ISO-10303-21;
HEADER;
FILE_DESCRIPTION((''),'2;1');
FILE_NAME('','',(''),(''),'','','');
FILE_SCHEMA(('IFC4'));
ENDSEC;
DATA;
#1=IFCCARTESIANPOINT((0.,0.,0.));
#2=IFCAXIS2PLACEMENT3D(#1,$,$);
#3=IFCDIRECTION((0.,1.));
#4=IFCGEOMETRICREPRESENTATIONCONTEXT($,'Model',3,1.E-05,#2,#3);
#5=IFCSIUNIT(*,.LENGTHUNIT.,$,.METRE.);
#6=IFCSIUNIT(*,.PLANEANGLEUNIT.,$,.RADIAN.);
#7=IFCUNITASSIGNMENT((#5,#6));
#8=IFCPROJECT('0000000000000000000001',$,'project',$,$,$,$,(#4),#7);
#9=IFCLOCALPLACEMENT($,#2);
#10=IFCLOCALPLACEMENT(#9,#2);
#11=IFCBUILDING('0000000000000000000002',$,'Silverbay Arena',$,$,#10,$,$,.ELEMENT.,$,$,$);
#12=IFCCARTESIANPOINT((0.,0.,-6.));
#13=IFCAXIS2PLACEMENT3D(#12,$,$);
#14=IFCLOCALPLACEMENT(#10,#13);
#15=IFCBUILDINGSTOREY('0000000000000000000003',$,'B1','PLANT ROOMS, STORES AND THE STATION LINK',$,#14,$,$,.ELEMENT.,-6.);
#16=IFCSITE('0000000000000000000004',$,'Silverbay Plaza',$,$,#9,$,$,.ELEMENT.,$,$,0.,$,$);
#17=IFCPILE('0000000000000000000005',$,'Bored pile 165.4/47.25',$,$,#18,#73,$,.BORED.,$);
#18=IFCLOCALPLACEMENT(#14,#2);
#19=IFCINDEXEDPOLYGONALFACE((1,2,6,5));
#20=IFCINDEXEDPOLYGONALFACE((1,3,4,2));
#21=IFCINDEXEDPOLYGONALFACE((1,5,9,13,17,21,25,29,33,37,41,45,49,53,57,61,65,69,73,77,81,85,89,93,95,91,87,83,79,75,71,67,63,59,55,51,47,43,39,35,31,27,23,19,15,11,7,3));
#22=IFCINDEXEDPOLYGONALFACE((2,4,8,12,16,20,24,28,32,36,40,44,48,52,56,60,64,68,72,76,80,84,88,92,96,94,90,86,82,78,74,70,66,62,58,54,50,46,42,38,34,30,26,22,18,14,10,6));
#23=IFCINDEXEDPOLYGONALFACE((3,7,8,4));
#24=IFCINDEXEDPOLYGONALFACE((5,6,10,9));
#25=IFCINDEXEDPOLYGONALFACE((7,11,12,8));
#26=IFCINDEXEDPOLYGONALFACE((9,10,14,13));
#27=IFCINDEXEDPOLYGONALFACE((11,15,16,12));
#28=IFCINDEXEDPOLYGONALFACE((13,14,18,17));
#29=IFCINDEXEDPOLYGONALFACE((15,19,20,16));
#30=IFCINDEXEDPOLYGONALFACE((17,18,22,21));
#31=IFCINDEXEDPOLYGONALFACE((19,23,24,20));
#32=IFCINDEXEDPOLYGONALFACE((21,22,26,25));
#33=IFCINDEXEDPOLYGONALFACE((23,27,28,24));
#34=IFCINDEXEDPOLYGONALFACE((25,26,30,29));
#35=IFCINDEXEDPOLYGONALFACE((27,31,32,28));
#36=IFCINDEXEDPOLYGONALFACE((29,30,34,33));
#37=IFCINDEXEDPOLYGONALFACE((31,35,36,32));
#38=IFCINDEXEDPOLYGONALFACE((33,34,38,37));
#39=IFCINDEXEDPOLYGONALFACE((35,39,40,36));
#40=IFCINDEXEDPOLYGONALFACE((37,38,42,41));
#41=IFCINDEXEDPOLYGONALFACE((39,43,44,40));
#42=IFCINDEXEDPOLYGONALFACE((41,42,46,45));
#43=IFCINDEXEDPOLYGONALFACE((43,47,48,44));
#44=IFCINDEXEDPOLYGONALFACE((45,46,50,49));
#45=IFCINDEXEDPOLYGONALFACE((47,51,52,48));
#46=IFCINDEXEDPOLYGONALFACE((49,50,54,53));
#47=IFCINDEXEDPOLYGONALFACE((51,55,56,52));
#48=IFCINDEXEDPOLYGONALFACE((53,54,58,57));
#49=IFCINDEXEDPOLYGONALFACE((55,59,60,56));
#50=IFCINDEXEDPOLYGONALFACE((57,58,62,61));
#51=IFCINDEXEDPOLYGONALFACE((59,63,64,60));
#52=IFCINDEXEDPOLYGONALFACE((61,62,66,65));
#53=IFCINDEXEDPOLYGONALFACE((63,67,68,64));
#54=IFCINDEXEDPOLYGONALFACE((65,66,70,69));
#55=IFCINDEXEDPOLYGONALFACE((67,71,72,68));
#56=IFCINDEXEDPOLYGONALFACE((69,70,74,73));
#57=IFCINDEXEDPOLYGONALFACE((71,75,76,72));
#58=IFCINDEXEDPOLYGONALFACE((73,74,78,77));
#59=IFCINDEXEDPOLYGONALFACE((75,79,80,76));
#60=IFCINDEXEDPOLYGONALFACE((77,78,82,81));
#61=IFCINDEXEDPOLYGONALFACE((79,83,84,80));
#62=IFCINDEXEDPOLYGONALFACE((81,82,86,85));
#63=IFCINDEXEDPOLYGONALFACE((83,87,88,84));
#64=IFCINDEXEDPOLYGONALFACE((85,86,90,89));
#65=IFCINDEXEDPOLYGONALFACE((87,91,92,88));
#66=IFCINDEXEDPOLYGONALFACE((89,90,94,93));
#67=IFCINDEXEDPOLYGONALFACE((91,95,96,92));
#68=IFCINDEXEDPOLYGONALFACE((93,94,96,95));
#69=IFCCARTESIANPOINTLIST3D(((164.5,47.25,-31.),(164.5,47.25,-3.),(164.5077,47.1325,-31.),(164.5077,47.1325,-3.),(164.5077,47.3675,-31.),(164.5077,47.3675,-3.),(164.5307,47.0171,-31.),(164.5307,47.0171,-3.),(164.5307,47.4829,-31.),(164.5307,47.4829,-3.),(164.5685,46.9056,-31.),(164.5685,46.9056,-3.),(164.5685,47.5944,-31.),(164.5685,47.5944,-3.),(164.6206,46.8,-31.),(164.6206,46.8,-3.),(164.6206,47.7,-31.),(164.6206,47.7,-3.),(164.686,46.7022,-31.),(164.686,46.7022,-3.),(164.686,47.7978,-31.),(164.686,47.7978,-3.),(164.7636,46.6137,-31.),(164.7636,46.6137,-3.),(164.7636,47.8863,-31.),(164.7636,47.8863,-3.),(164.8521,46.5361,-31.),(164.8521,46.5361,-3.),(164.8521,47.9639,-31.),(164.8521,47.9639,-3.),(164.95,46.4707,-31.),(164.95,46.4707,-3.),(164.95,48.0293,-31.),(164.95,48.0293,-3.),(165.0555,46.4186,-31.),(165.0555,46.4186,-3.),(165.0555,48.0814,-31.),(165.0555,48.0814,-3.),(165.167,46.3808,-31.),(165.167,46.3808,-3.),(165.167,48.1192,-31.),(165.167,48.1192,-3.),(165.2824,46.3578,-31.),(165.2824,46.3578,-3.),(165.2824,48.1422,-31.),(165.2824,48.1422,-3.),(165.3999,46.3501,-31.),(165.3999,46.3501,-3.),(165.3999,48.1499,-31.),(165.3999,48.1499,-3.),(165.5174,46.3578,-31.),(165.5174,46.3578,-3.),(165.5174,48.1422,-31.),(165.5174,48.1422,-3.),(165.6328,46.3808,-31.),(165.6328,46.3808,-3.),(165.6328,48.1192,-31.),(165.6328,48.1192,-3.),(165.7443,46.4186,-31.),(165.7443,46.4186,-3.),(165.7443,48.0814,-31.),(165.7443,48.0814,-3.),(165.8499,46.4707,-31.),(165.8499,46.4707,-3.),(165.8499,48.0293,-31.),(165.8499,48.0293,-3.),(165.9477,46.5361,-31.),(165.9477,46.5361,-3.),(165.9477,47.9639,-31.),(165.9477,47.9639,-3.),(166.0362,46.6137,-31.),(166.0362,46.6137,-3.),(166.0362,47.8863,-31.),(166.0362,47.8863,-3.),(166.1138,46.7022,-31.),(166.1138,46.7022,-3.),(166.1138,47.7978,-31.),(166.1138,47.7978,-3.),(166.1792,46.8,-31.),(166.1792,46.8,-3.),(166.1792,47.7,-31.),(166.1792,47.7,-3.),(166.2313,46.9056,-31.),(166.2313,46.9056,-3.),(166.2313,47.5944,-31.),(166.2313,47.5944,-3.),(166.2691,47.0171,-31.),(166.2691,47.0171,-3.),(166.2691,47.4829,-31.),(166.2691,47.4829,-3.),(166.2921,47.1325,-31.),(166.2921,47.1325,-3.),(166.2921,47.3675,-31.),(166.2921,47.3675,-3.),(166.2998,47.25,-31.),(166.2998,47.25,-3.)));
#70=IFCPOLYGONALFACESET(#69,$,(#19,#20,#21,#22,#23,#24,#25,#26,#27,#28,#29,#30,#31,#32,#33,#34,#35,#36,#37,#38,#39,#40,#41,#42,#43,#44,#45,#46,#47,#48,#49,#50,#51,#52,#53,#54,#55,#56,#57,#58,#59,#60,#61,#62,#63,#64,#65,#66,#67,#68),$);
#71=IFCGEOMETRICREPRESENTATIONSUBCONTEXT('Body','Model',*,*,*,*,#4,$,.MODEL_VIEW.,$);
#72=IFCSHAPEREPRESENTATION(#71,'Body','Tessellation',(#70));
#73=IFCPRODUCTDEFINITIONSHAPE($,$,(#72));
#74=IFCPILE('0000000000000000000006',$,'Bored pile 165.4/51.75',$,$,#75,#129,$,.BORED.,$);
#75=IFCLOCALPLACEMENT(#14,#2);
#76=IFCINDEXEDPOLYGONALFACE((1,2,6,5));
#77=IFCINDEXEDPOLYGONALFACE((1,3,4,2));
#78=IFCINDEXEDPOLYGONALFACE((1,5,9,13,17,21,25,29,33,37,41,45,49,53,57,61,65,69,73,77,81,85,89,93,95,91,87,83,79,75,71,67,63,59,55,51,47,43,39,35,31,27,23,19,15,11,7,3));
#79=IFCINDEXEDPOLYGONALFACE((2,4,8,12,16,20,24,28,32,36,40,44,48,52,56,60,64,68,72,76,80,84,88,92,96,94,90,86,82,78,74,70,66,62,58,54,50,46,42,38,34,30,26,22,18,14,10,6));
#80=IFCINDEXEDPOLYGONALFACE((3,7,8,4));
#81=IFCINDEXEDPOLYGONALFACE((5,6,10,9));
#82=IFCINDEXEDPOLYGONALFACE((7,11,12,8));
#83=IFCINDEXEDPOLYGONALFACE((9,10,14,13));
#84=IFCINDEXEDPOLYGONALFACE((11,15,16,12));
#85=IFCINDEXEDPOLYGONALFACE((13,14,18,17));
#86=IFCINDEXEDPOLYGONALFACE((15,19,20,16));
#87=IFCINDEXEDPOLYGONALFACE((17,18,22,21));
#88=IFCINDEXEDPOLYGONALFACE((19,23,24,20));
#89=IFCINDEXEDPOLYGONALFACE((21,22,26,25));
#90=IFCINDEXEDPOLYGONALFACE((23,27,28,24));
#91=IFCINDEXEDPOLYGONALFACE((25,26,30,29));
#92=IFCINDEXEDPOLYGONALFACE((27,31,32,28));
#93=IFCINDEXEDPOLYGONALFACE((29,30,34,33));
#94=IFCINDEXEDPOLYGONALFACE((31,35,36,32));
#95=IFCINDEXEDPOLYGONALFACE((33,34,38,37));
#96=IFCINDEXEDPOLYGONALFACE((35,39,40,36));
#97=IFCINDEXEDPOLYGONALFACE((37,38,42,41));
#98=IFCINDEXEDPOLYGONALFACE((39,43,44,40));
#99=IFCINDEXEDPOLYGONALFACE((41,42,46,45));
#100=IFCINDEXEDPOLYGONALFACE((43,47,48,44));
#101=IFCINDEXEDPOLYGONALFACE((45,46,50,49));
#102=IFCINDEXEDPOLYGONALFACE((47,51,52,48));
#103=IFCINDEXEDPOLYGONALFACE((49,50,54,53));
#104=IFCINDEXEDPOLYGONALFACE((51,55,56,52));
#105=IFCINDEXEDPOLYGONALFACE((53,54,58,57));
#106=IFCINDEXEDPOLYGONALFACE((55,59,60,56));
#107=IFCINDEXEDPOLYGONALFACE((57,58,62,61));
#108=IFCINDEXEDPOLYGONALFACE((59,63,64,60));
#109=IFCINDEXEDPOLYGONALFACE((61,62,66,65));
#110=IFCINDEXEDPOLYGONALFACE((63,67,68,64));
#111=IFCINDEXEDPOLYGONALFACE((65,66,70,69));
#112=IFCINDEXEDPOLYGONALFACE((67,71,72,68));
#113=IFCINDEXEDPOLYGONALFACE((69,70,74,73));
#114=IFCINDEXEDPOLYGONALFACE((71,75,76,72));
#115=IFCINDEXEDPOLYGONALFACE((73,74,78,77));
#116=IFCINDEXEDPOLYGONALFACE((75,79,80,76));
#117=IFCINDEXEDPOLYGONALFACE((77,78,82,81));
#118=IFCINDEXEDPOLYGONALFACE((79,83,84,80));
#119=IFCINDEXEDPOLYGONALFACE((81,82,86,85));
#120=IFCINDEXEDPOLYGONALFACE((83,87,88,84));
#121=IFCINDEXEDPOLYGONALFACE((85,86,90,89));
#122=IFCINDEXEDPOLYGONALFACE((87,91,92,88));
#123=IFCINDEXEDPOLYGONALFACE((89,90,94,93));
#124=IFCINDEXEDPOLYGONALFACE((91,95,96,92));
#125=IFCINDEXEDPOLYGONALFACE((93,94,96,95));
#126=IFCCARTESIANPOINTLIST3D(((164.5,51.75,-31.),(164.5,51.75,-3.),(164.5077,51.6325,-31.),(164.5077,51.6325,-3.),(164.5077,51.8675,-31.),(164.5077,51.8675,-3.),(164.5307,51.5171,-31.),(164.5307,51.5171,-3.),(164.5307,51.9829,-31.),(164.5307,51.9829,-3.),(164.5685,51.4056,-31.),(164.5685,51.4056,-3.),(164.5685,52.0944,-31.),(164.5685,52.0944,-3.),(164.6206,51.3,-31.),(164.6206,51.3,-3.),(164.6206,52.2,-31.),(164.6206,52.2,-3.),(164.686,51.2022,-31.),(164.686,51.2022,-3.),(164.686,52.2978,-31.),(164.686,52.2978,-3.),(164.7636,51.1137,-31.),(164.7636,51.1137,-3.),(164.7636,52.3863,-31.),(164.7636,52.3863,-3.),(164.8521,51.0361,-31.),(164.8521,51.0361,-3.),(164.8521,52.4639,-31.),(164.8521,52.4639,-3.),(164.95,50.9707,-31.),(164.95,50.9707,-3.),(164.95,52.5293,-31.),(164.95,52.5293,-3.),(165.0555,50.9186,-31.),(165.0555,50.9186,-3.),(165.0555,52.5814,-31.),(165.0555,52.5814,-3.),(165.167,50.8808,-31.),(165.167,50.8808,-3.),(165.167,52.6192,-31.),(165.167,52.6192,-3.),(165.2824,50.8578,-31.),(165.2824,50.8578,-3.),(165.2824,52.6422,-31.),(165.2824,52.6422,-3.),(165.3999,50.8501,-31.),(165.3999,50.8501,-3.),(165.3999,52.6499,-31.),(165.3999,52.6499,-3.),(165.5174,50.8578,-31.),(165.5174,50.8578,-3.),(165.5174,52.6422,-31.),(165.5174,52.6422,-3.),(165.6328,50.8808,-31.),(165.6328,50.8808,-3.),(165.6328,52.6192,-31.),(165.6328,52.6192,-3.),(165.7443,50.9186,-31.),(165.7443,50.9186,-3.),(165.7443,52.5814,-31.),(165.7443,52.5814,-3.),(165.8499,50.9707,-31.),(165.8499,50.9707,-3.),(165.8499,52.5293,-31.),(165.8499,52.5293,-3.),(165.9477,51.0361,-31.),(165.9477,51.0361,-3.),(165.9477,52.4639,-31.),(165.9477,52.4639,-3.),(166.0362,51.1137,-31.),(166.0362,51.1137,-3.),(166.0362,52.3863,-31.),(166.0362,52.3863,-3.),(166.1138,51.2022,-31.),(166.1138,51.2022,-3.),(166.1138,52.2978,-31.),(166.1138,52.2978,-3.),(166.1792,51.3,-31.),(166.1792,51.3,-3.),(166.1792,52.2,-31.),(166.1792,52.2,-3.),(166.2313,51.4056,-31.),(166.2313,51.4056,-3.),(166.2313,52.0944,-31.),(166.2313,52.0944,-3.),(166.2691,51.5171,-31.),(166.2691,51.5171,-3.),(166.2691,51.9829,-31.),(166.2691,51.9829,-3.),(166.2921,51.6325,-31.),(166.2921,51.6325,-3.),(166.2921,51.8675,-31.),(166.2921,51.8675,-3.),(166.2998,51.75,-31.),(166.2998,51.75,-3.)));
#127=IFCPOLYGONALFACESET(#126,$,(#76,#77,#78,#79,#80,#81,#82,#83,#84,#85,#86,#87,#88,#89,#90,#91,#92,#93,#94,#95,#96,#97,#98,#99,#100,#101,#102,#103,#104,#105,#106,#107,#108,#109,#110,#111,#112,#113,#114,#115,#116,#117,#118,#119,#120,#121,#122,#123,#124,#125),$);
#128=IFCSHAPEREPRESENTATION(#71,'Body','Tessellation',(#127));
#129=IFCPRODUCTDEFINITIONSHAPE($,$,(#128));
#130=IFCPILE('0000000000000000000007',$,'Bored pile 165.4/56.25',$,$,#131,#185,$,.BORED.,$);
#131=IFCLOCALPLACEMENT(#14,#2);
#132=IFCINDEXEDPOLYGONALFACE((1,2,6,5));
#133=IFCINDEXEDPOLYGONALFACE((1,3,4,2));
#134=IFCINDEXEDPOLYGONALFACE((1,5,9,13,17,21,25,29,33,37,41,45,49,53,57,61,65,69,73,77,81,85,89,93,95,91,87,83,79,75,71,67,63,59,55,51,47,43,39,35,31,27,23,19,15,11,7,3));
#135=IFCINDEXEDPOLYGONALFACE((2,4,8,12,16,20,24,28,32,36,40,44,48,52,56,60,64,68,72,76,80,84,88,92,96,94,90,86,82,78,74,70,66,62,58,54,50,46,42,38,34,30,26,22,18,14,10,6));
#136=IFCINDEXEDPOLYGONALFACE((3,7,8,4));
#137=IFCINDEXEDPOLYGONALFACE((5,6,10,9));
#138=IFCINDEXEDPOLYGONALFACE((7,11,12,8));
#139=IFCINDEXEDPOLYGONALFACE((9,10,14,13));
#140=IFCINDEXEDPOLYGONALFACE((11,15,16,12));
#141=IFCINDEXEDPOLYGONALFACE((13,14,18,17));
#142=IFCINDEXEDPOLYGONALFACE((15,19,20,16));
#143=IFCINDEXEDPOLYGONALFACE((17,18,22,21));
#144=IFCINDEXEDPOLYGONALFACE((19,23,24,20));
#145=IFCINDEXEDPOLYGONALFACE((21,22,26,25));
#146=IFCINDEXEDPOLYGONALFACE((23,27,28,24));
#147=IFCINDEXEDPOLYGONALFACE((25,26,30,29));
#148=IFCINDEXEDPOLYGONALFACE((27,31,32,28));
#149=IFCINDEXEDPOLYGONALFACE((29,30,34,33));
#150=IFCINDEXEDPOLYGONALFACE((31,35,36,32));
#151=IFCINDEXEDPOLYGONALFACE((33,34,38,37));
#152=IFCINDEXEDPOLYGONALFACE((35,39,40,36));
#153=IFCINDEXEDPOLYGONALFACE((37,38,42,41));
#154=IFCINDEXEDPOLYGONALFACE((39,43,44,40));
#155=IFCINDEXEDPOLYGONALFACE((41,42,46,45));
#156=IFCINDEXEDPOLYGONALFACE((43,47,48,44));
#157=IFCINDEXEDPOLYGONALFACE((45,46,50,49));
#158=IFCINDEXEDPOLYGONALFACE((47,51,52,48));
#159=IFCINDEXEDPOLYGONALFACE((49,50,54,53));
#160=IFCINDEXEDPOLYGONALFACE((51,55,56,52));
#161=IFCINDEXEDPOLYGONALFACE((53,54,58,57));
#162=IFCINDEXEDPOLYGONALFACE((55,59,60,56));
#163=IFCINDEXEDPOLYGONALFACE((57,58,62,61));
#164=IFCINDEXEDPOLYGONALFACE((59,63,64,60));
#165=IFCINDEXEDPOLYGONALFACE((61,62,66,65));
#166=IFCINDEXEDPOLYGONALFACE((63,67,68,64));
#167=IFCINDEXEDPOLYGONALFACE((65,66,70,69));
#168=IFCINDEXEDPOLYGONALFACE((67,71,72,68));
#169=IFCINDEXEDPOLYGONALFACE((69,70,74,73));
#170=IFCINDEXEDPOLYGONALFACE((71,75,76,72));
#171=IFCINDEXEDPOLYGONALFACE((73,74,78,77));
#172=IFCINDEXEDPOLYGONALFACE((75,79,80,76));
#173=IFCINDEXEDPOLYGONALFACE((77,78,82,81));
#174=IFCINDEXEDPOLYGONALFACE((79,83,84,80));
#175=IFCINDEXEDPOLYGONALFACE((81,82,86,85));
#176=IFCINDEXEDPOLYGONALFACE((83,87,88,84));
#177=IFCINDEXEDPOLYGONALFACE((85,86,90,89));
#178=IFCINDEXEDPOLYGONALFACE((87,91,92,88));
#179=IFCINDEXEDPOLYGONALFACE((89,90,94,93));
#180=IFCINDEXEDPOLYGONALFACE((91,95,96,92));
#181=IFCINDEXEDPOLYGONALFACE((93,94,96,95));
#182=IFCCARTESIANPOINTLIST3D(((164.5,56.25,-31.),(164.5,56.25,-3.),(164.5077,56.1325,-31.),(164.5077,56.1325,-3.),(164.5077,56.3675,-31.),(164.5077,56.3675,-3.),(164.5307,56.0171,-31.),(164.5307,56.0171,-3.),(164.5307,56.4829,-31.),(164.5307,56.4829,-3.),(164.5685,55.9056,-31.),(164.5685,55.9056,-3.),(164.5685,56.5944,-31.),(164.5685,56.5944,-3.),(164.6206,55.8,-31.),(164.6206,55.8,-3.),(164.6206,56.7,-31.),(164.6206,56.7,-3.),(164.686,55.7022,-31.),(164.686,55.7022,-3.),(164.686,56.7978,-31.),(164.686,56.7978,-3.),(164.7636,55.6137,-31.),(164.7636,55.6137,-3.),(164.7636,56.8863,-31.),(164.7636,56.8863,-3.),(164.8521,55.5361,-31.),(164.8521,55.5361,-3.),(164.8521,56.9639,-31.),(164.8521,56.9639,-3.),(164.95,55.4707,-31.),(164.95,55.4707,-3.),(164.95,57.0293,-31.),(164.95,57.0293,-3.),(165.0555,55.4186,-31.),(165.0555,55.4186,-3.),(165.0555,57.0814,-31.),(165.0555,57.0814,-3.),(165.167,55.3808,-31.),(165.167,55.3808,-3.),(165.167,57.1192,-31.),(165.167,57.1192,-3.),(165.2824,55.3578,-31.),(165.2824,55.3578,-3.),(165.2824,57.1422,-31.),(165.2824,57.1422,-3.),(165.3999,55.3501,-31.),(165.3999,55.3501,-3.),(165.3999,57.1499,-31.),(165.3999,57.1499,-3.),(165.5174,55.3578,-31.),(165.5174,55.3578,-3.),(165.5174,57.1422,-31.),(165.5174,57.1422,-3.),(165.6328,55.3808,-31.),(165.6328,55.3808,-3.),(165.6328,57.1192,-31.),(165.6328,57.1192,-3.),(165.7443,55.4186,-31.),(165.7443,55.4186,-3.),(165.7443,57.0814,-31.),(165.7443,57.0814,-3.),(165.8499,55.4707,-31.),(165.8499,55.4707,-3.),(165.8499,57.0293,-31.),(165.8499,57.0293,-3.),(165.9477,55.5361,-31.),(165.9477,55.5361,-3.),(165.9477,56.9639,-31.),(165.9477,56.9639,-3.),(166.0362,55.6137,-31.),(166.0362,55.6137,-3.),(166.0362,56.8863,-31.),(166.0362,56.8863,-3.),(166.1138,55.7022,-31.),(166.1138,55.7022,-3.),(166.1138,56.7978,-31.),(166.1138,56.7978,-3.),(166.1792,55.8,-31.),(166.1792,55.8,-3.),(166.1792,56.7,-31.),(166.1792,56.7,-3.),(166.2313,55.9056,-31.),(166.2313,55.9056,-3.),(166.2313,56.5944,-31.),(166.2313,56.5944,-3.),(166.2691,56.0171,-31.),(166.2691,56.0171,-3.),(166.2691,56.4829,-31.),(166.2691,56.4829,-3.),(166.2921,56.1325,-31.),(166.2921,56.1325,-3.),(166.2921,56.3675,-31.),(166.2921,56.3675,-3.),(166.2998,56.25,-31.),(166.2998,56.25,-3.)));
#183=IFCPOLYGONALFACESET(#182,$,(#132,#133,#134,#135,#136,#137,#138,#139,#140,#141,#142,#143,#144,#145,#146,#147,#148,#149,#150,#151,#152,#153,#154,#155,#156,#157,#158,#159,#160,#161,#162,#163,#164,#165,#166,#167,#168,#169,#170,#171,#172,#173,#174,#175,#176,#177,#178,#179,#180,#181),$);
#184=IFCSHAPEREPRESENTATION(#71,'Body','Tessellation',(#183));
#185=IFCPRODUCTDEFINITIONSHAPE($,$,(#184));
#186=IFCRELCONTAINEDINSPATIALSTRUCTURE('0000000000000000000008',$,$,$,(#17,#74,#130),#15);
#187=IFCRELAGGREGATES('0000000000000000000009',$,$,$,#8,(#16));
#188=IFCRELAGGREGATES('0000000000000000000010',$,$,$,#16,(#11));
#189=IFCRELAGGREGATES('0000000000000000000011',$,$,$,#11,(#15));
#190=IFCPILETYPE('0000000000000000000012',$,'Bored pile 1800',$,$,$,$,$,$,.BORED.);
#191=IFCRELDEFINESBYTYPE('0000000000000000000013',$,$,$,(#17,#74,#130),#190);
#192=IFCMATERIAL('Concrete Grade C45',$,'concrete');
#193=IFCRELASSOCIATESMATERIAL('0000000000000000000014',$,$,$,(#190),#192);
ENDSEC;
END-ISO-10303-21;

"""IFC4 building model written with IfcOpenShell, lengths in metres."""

from ifc_helpers import new_model, si_unit, direction, frame, origin, origin_2d, place, context, subcontext, project, spatial, circle, extrude, material, material_profile, profile_set, type_object, element, save


model = new_model("IFC4")

# Units and contexts
model_context = context("Model", 3, precision=1e-05, world=origin(), true_north=direction((0.0, 1.0)))
body_context = subcontext(model_context, "Body", "Model", "MODEL_VIEW")
ifc_project = project(units=[si_unit("LENGTHUNIT", "METRE"), si_unit("PLANEANGLEUNIT", "RADIAN")], contexts=[model_context])

# Site, building, storey
site_placement = place(None, origin())
site = spatial("IfcSite", under=ifc_project, at=site_placement, Name="Silverbay Plaza", CompositionType="ELEMENT", RefElevation=0.0)
building_placement = place(site_placement, origin())
building = spatial("IfcBuilding", under=site, at=building_placement, Name="Silverbay Arena", CompositionType="ELEMENT")
storey_placement = place(building_placement, frame((0.0, 0.0, -6.0)))
storey = spatial("IfcBuildingStorey", under=building, at=storey_placement, Name="B1", Description="PLANT ROOMS, STORES AND THE STATION LINK", CompositionType="ELEMENT", Elevation=-6.0)

# Piles
ifc_material_1 = material(Name="Concrete Grade C45", Category="concrete")
ifc_material_profile_1 = material_profile(ifc_material_1, circle(Radius=0.8999, at=origin_2d()), Name="Bored pile 1800")
ifc_profile_set_1 = profile_set([ifc_material_profile_1], Name="Concrete Grade C45")
pile_type_1 = type_object("IfcPileType", Name="Bored pile 1800", PredefinedType="BORED", material=ifc_profile_set_1)
for number, where, z_axis, x_axis, name in (
    (1, (165.3999, 47.25, -3.0), (0.0, 0.0, -1.0), (1.0, 0.0, 0.0), "Bored pile 165.4/47.25"),
    (2, (165.3999, 51.75, -3.0), (0.0, 0.0, -1.0), (1.0, 0.0, 0.0), "Bored pile 165.4/51.75"),
    (3, (165.3999, 56.25, -3.0), (0.0, 0.0, -1.0), (1.0, 0.0, 0.0), "Bored pile 165.4/56.25"),
):
    element("IfcPile", number, at=place(storey_placement, frame(where, z_axis=z_axis, x_axis=x_axis)), inside=storey, type_object=pile_type_1, Name=name, PredefinedType="BORED", context=body_context, shape_type="SweptSolid", body=[
        extrude(circle(Radius=0.8999, at=origin_2d()), origin(), (0.0, 0.0, 1.0), 28.0),
    ])

save(model, "model.ifc")
